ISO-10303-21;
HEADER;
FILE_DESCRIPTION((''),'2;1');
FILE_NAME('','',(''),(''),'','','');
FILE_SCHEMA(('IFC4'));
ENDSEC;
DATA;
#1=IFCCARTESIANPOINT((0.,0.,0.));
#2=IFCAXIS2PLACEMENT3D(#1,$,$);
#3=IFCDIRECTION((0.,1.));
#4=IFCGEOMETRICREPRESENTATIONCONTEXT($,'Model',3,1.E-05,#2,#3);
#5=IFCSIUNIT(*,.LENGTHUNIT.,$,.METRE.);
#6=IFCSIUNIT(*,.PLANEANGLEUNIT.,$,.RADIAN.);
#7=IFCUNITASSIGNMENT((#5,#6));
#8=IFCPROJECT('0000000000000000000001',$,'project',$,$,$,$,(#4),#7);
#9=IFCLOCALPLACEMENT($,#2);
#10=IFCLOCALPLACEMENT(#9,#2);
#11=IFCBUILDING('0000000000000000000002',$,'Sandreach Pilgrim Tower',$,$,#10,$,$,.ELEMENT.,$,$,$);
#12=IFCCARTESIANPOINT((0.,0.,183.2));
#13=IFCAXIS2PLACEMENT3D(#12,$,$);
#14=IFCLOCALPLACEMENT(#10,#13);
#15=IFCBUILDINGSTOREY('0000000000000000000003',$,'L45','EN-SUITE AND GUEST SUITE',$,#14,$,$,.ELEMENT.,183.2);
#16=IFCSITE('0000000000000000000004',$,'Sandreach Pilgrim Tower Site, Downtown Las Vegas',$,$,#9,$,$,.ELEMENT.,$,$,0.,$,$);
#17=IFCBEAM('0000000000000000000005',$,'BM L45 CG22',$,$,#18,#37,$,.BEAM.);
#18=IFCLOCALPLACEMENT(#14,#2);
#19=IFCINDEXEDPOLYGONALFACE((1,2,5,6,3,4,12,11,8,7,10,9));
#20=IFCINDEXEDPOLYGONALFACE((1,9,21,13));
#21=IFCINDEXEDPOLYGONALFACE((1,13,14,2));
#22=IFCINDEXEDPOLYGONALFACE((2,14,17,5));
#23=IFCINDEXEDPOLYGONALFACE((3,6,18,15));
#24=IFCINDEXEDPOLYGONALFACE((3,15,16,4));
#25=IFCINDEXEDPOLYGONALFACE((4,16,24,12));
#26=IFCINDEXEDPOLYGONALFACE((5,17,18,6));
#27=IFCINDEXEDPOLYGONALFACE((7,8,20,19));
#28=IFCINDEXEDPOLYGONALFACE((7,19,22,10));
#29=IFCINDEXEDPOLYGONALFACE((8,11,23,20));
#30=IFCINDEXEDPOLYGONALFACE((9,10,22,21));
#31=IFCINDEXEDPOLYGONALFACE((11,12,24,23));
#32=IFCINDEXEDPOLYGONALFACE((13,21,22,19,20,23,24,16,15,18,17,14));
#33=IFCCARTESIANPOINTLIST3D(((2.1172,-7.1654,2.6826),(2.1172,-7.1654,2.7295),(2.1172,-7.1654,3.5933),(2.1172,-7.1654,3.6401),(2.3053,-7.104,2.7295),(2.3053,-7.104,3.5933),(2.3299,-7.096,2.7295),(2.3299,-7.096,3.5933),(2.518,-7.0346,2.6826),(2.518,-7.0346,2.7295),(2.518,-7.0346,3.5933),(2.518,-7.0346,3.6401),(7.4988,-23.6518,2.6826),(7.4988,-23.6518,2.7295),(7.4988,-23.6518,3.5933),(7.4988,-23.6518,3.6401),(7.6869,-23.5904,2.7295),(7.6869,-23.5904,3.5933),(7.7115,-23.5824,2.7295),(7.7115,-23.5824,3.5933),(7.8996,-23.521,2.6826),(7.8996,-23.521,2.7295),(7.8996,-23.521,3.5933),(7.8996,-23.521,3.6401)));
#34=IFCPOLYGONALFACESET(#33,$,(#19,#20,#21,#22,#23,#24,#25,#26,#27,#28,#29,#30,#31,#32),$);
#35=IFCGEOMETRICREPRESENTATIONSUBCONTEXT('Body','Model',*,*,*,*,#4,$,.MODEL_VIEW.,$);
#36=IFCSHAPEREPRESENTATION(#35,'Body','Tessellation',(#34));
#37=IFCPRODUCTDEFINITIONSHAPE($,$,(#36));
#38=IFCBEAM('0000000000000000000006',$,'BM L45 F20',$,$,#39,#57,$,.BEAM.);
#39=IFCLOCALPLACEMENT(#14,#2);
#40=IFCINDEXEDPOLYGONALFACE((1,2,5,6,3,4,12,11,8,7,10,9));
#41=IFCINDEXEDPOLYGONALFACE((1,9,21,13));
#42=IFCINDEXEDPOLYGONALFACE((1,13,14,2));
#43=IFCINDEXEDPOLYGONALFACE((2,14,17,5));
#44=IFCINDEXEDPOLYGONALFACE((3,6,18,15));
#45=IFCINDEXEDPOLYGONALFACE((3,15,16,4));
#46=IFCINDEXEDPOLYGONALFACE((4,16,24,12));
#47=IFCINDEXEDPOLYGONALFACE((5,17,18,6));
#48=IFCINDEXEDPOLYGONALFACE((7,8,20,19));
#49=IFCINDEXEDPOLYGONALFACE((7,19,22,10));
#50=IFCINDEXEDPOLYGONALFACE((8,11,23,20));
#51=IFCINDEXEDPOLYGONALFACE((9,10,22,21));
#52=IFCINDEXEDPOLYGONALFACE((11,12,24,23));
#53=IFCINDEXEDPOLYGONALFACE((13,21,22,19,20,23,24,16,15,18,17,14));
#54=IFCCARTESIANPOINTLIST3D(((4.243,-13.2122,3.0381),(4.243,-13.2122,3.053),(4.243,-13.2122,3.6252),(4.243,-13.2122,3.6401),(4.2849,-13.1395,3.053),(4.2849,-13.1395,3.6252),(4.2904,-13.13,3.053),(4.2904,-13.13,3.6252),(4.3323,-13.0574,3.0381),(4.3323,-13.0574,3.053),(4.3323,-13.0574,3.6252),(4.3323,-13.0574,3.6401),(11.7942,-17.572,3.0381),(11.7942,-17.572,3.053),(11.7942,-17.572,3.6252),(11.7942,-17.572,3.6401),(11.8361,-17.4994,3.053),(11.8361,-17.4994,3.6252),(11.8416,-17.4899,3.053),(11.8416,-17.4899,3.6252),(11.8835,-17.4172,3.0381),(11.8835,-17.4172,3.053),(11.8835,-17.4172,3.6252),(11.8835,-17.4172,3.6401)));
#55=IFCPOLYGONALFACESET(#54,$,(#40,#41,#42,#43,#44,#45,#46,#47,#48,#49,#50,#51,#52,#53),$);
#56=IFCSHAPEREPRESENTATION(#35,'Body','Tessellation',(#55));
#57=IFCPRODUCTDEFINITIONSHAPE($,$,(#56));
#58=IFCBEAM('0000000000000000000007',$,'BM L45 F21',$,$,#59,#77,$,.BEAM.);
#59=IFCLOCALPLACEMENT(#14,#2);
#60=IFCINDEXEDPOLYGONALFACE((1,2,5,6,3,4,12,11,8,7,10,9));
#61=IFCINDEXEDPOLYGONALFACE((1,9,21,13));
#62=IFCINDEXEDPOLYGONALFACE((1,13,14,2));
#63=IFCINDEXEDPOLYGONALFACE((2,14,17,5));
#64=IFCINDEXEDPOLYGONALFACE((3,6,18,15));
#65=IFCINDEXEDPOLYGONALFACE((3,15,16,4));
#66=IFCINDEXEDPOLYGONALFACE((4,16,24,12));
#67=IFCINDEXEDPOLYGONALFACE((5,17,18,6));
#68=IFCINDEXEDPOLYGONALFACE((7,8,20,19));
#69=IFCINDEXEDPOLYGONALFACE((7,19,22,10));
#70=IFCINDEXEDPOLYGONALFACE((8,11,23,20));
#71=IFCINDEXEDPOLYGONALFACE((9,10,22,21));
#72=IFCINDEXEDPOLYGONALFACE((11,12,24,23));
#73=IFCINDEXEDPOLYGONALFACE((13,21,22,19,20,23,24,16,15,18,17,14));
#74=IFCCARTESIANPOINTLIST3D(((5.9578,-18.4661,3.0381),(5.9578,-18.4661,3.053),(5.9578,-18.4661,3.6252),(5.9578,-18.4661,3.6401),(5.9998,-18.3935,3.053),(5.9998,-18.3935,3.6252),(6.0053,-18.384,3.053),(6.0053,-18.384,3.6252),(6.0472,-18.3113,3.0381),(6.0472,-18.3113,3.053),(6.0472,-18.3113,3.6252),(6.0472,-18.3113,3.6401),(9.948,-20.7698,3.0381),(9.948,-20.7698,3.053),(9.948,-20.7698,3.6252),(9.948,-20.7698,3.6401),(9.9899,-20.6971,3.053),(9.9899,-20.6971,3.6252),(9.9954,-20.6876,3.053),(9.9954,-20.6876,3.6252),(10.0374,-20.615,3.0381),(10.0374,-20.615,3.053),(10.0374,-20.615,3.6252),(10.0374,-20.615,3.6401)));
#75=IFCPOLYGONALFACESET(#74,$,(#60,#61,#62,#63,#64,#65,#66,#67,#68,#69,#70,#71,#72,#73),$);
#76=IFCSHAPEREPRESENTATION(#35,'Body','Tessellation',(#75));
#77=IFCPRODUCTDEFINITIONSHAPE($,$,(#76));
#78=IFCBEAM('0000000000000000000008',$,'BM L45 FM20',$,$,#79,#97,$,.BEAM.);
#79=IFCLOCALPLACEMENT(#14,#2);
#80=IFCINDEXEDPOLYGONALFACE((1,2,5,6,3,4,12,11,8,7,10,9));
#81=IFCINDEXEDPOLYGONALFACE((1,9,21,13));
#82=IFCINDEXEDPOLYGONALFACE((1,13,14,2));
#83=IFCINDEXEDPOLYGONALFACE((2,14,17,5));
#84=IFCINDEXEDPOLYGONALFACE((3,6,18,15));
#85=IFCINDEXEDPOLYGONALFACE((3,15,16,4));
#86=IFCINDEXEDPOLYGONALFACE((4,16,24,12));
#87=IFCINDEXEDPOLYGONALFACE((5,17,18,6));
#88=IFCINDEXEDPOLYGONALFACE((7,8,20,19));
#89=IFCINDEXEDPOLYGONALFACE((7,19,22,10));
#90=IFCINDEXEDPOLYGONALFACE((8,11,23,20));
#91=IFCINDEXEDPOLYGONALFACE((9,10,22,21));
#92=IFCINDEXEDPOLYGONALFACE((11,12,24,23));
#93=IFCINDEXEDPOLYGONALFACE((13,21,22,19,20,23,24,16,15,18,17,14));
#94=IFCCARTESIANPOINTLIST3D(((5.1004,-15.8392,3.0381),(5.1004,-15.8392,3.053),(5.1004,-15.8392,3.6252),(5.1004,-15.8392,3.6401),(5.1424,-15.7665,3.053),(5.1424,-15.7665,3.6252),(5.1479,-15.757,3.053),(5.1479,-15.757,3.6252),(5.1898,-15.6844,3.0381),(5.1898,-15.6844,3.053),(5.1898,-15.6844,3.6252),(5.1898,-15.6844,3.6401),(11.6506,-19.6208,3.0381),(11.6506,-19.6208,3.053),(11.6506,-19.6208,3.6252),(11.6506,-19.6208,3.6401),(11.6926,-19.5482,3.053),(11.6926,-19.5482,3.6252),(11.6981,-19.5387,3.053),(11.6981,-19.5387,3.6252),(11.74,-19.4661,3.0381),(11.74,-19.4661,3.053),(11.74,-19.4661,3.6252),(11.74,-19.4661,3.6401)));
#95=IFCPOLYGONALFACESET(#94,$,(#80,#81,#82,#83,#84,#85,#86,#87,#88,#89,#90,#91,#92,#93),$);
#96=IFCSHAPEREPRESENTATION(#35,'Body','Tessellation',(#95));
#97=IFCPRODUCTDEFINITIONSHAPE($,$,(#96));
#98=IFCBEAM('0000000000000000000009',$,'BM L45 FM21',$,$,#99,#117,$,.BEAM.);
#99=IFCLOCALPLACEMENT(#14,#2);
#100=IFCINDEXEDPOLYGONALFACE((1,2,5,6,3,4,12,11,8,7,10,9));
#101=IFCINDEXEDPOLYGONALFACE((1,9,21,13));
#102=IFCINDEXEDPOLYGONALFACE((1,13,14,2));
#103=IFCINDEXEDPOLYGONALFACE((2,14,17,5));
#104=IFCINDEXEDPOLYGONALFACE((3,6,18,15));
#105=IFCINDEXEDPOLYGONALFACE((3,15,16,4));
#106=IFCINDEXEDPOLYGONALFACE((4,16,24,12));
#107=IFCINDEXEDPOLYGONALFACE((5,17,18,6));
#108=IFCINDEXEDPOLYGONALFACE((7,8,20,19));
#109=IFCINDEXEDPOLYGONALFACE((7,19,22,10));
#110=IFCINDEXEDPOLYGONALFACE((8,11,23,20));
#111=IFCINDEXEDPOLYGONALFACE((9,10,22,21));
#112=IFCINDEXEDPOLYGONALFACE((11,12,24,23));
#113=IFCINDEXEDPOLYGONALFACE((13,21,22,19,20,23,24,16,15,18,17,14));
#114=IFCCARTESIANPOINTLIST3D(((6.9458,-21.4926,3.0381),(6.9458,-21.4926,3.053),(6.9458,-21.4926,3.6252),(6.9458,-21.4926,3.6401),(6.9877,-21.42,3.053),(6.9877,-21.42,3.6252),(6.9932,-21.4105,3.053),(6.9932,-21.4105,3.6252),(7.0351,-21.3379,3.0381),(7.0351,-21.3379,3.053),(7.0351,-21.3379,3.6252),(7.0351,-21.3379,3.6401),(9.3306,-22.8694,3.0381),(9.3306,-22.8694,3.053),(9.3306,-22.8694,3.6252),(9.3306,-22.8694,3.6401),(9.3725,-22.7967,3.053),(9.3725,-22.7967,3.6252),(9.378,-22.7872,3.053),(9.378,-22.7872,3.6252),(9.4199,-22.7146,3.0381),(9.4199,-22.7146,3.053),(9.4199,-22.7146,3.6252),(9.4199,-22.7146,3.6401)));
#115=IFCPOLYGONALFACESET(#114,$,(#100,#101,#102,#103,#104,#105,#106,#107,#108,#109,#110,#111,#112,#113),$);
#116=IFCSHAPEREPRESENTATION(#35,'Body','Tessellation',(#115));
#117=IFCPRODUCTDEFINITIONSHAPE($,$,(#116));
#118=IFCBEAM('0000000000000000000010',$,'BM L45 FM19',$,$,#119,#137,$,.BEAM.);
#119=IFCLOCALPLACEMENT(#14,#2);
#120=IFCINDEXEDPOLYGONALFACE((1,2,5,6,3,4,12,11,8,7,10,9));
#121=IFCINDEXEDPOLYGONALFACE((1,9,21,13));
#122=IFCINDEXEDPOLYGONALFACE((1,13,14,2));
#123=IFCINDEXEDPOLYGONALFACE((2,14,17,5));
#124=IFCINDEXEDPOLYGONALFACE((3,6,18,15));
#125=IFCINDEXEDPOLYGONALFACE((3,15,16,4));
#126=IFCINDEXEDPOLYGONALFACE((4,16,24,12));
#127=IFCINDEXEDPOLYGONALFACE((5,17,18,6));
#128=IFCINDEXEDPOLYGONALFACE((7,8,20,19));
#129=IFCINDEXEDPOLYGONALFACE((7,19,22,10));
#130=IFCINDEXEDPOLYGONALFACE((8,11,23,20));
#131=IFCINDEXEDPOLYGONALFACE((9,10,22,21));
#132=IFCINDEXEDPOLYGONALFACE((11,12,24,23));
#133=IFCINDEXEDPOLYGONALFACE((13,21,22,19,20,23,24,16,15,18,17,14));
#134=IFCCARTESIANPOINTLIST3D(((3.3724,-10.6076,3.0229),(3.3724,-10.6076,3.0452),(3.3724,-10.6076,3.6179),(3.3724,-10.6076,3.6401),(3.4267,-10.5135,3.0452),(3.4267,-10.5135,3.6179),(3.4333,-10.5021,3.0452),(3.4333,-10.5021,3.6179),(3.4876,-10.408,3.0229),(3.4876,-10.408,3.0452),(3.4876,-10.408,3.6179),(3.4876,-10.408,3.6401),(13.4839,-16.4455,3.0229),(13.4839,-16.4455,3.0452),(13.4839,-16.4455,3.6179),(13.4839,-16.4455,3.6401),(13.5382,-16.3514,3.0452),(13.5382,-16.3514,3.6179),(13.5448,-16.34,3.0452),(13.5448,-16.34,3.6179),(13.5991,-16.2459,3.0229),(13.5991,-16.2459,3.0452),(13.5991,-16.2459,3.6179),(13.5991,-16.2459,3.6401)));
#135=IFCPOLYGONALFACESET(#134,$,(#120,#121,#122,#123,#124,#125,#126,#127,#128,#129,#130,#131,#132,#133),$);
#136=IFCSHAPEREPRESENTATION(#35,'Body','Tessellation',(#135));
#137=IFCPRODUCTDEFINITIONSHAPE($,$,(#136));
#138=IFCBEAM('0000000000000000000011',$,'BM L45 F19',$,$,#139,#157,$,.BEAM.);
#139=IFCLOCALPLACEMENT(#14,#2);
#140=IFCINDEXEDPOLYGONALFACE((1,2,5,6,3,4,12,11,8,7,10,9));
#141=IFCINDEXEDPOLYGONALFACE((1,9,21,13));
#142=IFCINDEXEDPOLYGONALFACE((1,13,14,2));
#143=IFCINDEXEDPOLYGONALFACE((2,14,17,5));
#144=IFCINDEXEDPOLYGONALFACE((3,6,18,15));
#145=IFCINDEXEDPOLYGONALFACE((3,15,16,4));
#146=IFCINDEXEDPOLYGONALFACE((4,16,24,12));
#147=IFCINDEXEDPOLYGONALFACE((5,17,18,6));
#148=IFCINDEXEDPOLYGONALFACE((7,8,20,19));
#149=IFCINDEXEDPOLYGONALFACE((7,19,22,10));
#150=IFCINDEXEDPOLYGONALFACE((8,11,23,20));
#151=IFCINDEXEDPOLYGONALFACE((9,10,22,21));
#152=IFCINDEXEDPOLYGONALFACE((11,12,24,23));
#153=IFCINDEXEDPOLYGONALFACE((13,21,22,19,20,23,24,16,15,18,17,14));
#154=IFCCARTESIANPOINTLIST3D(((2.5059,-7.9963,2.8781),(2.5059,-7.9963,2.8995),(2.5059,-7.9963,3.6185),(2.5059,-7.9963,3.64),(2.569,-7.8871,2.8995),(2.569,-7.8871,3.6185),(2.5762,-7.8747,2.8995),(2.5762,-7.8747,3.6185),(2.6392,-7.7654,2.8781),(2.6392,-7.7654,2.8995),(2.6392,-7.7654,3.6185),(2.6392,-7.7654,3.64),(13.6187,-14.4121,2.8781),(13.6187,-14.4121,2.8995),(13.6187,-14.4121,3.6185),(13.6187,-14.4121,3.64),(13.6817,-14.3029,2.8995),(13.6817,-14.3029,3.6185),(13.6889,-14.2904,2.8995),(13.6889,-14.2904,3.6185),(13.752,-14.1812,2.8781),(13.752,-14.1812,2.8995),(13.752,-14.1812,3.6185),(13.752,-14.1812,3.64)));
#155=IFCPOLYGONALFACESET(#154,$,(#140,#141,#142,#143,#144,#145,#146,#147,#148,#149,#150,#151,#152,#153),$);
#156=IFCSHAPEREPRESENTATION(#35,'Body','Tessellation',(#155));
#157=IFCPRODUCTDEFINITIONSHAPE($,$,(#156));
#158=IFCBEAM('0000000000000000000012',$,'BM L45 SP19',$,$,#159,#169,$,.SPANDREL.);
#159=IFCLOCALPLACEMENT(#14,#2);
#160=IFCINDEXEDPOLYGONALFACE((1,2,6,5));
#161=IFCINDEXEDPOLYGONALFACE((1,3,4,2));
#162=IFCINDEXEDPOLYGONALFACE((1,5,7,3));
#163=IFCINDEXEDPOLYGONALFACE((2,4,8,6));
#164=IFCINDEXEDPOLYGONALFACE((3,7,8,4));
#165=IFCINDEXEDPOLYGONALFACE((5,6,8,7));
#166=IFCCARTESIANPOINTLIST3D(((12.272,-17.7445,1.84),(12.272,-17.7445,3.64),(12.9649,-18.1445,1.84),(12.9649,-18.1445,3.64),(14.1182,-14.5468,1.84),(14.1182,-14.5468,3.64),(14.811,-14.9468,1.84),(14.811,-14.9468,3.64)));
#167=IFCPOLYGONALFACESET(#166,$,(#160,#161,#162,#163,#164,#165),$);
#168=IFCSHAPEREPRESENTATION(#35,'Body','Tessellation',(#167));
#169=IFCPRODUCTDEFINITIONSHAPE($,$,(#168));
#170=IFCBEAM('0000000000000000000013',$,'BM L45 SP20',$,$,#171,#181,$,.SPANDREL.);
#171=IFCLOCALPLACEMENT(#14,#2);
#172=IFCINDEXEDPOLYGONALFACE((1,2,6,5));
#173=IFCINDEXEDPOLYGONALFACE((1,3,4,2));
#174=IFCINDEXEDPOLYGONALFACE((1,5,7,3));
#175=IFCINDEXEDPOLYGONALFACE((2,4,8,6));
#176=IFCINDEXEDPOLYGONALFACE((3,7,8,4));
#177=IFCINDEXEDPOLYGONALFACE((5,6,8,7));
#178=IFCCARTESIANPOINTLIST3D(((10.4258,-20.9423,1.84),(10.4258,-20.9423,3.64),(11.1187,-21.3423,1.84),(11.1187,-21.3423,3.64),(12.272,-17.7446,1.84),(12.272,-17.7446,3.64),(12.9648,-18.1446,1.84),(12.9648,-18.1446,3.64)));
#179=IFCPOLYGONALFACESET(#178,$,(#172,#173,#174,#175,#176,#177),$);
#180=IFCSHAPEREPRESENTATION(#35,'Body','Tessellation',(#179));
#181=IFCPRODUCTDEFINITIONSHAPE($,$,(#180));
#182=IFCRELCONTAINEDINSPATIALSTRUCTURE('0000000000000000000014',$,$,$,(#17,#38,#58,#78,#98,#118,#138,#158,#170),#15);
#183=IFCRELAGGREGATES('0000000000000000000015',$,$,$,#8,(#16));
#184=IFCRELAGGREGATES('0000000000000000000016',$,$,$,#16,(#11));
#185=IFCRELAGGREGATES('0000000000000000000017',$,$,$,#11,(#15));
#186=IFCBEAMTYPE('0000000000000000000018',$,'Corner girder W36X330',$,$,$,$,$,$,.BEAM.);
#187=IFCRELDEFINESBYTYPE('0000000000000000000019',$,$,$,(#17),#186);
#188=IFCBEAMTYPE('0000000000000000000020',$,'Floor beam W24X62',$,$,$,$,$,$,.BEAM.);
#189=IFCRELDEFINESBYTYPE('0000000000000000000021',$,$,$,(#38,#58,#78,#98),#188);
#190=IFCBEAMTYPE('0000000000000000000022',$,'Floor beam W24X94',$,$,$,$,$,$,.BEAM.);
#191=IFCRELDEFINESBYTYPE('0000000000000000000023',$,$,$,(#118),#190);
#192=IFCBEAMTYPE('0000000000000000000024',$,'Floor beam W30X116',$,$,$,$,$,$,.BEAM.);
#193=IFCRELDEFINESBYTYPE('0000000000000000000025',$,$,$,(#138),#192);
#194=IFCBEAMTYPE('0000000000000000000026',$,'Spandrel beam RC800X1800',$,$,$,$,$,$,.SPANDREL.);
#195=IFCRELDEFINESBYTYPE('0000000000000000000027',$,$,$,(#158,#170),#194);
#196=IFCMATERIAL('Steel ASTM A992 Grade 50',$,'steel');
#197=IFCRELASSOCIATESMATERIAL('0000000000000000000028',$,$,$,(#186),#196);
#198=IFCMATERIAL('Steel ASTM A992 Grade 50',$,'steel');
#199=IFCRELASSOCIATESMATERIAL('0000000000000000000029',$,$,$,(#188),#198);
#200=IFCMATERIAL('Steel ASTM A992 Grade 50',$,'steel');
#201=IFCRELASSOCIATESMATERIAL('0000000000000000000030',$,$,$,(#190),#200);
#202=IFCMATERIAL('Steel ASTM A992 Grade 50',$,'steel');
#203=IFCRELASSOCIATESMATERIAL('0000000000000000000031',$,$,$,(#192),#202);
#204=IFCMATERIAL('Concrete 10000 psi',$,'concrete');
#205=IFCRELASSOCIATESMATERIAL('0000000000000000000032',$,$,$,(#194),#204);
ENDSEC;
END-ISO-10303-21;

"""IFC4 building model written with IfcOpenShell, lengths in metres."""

from ifc_helpers import new_model, si_unit, direction, frame, origin, origin_2d, place, context, subcontext, project, spatial, rectangle, i_section, extrude, material, material_profile, profile_set, type_object, element, save


model = new_model("IFC4")

# Units and contexts
model_context = context("Model", 3, precision=1e-05, world=origin(), true_north=direction((0.0, 1.0)))
body_context = subcontext(model_context, "Body", "Model", "MODEL_VIEW")
ifc_project = project(units=[si_unit("LENGTHUNIT", "METRE"), si_unit("PLANEANGLEUNIT", "RADIAN")], contexts=[model_context])

# Site, building, storey
site_placement = place(None, origin())
site = spatial("IfcSite", under=ifc_project, at=site_placement, Name="Sandreach Pilgrim Tower Site, Downtown Las Vegas", CompositionType="ELEMENT", RefElevation=0.0)
building_placement = place(site_placement, origin())
building = spatial("IfcBuilding", under=site, at=building_placement, Name="Sandreach Pilgrim Tower", CompositionType="ELEMENT")
storey_placement = place(building_placement, frame((0.0, 0.0, 183.2)))
storey = spatial("IfcBuildingStorey", under=building, at=storey_placement, Name="L45", Description="EN-SUITE AND GUEST SUITE", CompositionType="ELEMENT", Elevation=183.2)

# Beams
ifc_material_1 = material(Name="Steel ASTM A992 Grade 50", Category="steel")
ifc_material_profile_1 = material_profile(ifc_material_1, i_section(OverallWidth=0.4216, OverallDepth=0.9575, WebThickness=0.0259, FlangeThickness=0.0469, at=origin_2d()), Name="W36X330")
ifc_profile_set_1 = profile_set([ifc_material_profile_1], Name="Steel ASTM A992 Grade 50")
beam_type_1 = type_object("IfcBeamType", Name="Corner girder W36X330", PredefinedType="BEAM", material=ifc_profile_set_1)
beam_1_placement = place(storey_placement, frame((7.6992, -23.5864, 3.1614), z_axis=(-0.310313, 0.950634, 0.0), x_axis=(-0.950634, -0.310313, 0.0)))
element("IfcBeam", 1, at=beam_1_placement, inside=storey, type_object=beam_type_1, Name="BM L45 CG22", PredefinedType="BEAM", context=body_context, shape_type="SweptSolid", body=[
    extrude(i_section(OverallWidth=0.4216, OverallDepth=0.9575, WebThickness=0.0259, FlangeThickness=0.0469, at=origin_2d()), origin(), (0.0, 0.0, 1.0), 17.3425),
])
ifc_material_2 = material(Name="Steel ASTM A992 Grade 50", Category="steel")
ifc_material_profile_2 = material_profile(ifc_material_2, i_section(OverallWidth=0.1787, OverallDepth=0.6021, WebThickness=0.011, FlangeThickness=0.0149, at=origin_2d()), Name="W24X62")
ifc_profile_set_2 = profile_set([ifc_material_profile_2], Name="Steel ASTM A992 Grade 50")
beam_type_2 = type_object("IfcBeamType", Name="Floor beam W24X62", PredefinedType="BEAM", material=ifc_profile_set_2)
beam_2_placement = place(storey_placement, frame((11.8389, -17.4946, 3.3391), z_axis=(-0.866019, 0.500012, 0.0), x_axis=(-0.500012, -0.866019, 0.0)))
element("IfcBeam", 2, at=beam_2_placement, inside=storey, type_object=beam_type_2, Name="BM L45 F20", PredefinedType="BEAM", context=body_context, shape_type="SweptSolid", body=[
    extrude(i_section(OverallWidth=0.1787, OverallDepth=0.6021, WebThickness=0.011, FlangeThickness=0.0149, at=origin_2d()), origin(), (0.0, 0.0, 1.0), 8.7195),
])
beam_3_placement = place(storey_placement, frame((9.9927, -20.6924, 3.3391), z_axis=(-0.86603, 0.499992, 0.0), x_axis=(-0.499992, -0.86603, 0.0)))
element("IfcBeam", 3, at=beam_3_placement, inside=storey, type_object=beam_type_2, Name="BM L45 F21", PredefinedType="BEAM", context=body_context, shape_type="SweptSolid", body=[
    extrude(i_section(OverallWidth=0.1787, OverallDepth=0.6021, WebThickness=0.011, FlangeThickness=0.0149, at=origin_2d()), origin(), (0.0, 0.0, 1.0), 4.6074),
])
beam_4_placement = place(storey_placement, frame((11.6953, -19.5435, 3.3391), z_axis=(-0.86603, 0.499993, 0.0), x_axis=(-0.499993, -0.86603, 0.0)))
element("IfcBeam", 4, at=beam_4_placement, inside=storey, type_object=beam_type_2, Name="BM L45 FM20", PredefinedType="BEAM", context=body_context, shape_type="SweptSolid", body=[
    extrude(i_section(OverallWidth=0.1787, OverallDepth=0.6021, WebThickness=0.011, FlangeThickness=0.0149, at=origin_2d()), origin(), (0.0, 0.0, 1.0), 7.5635),
])
beam_5_placement = place(storey_placement, frame((9.3752, -22.792, 3.3391), z_axis=(-0.866047, 0.499963, 0.0), x_axis=(-0.499963, -0.866047, 0.0)))
element("IfcBeam", 5, at=beam_5_placement, inside=storey, type_object=beam_type_2, Name="BM L45 FM21", PredefinedType="BEAM", context=body_context, shape_type="SweptSolid", body=[
    extrude(i_section(OverallWidth=0.1787, OverallDepth=0.6021, WebThickness=0.011, FlangeThickness=0.0149, at=origin_2d()), origin(), (0.0, 0.0, 1.0), 2.7537),
])
ifc_material_3 = material(Name="Steel ASTM A992 Grade 50", Category="steel")
ifc_material_profile_3 = material_profile(ifc_material_3, i_section(OverallWidth=0.2305, OverallDepth=0.6172, WebThickness=0.0132, FlangeThickness=0.0222, at=origin_2d()), Name="W24X94")
ifc_profile_set_3 = profile_set([ifc_material_profile_3], Name="Steel ASTM A992 Grade 50")
beam_type_3 = type_object("IfcBeamType", Name="Floor beam W24X94", PredefinedType="BEAM", material=ifc_profile_set_3)
beam_6_placement = place(storey_placement, frame((13.5415, -16.3457, 3.3315), z_axis=(-0.866026, 0.499998, 0.0), x_axis=(-0.499998, -0.866026, 0.0)))
element("IfcBeam", 6, at=beam_6_placement, inside=storey, type_object=beam_type_3, Name="BM L45 FM19", PredefinedType="BEAM", context=body_context, shape_type="SweptSolid", body=[
    extrude(i_section(OverallWidth=0.2305, OverallDepth=0.6172, WebThickness=0.0132, FlangeThickness=0.0222, at=origin_2d()), origin(), (0.0, 0.0, 1.0), 11.6758),
])
ifc_material_4 = material(Name="Steel ASTM A992 Grade 50", Category="steel")
ifc_material_profile_4 = material_profile(ifc_material_4, i_section(OverallWidth=0.2666, OverallDepth=0.762, WebThickness=0.0144, FlangeThickness=0.0215, at=origin_2d()), Name="W30X116")
ifc_profile_set_4 = profile_set([ifc_material_profile_4], Name="Steel ASTM A992 Grade 50")
beam_type_4 = type_object("IfcBeamType", Name="Floor beam W30X116", PredefinedType="BEAM", material=ifc_profile_set_4)
beam_7_placement = place(storey_placement, frame((13.6853, -14.2966, 3.259), z_axis=(-0.866032, 0.499988, 0.0), x_axis=(-0.499988, -0.866032, 0.0)))
element("IfcBeam", 7, at=beam_7_placement, inside=storey, type_object=beam_type_4, Name="BM L45 F19", PredefinedType="BEAM", context=body_context, shape_type="SweptSolid", body=[
    extrude(i_section(OverallWidth=0.2666, OverallDepth=0.762, WebThickness=0.0144, FlangeThickness=0.0215, at=origin_2d()), origin(), (0.0, 0.0, 1.0), 12.8318),
])
ifc_material_5 = material(Name="Concrete 10000 psi", Category="concrete")
ifc_material_profile_5 = material_profile(ifc_material_5, rectangle(XDim=0.8, YDim=1.8, at=origin_2d()), Name="RC800X1800")
ifc_profile_set_5 = profile_set([ifc_material_profile_5], Name="Concrete 10000 psi")
beam_type_5 = type_object("IfcBeamType", Name="Spandrel beam RC800X1800", PredefinedType="SPANDREL", material=ifc_profile_set_5)
for number, where, z_axis, x_axis, name in (
    (8, (14.4646, -14.7468, 2.74), (-0.499993, -0.866029, 0.0), (0.866029, -0.499993, 0.0), "BM L45 SP19"),
    (9, (12.6184, -17.9446, 2.74), (-0.499993, -0.866029, 0.0), (0.866029, -0.499993, 0.0), "BM L45 SP20"),
):
    element("IfcBeam", number, at=place(storey_placement, frame(where, z_axis=z_axis, x_axis=x_axis)), inside=storey, type_object=beam_type_5, Name=name, PredefinedType="SPANDREL", context=body_context, shape_type="SweptSolid", body=[
        extrude(rectangle(XDim=0.8, YDim=1.8, at=origin_2d()), origin(), (0.0, 0.0, 1.0), 3.6924),
    ])

save(model, "model.ifc")
